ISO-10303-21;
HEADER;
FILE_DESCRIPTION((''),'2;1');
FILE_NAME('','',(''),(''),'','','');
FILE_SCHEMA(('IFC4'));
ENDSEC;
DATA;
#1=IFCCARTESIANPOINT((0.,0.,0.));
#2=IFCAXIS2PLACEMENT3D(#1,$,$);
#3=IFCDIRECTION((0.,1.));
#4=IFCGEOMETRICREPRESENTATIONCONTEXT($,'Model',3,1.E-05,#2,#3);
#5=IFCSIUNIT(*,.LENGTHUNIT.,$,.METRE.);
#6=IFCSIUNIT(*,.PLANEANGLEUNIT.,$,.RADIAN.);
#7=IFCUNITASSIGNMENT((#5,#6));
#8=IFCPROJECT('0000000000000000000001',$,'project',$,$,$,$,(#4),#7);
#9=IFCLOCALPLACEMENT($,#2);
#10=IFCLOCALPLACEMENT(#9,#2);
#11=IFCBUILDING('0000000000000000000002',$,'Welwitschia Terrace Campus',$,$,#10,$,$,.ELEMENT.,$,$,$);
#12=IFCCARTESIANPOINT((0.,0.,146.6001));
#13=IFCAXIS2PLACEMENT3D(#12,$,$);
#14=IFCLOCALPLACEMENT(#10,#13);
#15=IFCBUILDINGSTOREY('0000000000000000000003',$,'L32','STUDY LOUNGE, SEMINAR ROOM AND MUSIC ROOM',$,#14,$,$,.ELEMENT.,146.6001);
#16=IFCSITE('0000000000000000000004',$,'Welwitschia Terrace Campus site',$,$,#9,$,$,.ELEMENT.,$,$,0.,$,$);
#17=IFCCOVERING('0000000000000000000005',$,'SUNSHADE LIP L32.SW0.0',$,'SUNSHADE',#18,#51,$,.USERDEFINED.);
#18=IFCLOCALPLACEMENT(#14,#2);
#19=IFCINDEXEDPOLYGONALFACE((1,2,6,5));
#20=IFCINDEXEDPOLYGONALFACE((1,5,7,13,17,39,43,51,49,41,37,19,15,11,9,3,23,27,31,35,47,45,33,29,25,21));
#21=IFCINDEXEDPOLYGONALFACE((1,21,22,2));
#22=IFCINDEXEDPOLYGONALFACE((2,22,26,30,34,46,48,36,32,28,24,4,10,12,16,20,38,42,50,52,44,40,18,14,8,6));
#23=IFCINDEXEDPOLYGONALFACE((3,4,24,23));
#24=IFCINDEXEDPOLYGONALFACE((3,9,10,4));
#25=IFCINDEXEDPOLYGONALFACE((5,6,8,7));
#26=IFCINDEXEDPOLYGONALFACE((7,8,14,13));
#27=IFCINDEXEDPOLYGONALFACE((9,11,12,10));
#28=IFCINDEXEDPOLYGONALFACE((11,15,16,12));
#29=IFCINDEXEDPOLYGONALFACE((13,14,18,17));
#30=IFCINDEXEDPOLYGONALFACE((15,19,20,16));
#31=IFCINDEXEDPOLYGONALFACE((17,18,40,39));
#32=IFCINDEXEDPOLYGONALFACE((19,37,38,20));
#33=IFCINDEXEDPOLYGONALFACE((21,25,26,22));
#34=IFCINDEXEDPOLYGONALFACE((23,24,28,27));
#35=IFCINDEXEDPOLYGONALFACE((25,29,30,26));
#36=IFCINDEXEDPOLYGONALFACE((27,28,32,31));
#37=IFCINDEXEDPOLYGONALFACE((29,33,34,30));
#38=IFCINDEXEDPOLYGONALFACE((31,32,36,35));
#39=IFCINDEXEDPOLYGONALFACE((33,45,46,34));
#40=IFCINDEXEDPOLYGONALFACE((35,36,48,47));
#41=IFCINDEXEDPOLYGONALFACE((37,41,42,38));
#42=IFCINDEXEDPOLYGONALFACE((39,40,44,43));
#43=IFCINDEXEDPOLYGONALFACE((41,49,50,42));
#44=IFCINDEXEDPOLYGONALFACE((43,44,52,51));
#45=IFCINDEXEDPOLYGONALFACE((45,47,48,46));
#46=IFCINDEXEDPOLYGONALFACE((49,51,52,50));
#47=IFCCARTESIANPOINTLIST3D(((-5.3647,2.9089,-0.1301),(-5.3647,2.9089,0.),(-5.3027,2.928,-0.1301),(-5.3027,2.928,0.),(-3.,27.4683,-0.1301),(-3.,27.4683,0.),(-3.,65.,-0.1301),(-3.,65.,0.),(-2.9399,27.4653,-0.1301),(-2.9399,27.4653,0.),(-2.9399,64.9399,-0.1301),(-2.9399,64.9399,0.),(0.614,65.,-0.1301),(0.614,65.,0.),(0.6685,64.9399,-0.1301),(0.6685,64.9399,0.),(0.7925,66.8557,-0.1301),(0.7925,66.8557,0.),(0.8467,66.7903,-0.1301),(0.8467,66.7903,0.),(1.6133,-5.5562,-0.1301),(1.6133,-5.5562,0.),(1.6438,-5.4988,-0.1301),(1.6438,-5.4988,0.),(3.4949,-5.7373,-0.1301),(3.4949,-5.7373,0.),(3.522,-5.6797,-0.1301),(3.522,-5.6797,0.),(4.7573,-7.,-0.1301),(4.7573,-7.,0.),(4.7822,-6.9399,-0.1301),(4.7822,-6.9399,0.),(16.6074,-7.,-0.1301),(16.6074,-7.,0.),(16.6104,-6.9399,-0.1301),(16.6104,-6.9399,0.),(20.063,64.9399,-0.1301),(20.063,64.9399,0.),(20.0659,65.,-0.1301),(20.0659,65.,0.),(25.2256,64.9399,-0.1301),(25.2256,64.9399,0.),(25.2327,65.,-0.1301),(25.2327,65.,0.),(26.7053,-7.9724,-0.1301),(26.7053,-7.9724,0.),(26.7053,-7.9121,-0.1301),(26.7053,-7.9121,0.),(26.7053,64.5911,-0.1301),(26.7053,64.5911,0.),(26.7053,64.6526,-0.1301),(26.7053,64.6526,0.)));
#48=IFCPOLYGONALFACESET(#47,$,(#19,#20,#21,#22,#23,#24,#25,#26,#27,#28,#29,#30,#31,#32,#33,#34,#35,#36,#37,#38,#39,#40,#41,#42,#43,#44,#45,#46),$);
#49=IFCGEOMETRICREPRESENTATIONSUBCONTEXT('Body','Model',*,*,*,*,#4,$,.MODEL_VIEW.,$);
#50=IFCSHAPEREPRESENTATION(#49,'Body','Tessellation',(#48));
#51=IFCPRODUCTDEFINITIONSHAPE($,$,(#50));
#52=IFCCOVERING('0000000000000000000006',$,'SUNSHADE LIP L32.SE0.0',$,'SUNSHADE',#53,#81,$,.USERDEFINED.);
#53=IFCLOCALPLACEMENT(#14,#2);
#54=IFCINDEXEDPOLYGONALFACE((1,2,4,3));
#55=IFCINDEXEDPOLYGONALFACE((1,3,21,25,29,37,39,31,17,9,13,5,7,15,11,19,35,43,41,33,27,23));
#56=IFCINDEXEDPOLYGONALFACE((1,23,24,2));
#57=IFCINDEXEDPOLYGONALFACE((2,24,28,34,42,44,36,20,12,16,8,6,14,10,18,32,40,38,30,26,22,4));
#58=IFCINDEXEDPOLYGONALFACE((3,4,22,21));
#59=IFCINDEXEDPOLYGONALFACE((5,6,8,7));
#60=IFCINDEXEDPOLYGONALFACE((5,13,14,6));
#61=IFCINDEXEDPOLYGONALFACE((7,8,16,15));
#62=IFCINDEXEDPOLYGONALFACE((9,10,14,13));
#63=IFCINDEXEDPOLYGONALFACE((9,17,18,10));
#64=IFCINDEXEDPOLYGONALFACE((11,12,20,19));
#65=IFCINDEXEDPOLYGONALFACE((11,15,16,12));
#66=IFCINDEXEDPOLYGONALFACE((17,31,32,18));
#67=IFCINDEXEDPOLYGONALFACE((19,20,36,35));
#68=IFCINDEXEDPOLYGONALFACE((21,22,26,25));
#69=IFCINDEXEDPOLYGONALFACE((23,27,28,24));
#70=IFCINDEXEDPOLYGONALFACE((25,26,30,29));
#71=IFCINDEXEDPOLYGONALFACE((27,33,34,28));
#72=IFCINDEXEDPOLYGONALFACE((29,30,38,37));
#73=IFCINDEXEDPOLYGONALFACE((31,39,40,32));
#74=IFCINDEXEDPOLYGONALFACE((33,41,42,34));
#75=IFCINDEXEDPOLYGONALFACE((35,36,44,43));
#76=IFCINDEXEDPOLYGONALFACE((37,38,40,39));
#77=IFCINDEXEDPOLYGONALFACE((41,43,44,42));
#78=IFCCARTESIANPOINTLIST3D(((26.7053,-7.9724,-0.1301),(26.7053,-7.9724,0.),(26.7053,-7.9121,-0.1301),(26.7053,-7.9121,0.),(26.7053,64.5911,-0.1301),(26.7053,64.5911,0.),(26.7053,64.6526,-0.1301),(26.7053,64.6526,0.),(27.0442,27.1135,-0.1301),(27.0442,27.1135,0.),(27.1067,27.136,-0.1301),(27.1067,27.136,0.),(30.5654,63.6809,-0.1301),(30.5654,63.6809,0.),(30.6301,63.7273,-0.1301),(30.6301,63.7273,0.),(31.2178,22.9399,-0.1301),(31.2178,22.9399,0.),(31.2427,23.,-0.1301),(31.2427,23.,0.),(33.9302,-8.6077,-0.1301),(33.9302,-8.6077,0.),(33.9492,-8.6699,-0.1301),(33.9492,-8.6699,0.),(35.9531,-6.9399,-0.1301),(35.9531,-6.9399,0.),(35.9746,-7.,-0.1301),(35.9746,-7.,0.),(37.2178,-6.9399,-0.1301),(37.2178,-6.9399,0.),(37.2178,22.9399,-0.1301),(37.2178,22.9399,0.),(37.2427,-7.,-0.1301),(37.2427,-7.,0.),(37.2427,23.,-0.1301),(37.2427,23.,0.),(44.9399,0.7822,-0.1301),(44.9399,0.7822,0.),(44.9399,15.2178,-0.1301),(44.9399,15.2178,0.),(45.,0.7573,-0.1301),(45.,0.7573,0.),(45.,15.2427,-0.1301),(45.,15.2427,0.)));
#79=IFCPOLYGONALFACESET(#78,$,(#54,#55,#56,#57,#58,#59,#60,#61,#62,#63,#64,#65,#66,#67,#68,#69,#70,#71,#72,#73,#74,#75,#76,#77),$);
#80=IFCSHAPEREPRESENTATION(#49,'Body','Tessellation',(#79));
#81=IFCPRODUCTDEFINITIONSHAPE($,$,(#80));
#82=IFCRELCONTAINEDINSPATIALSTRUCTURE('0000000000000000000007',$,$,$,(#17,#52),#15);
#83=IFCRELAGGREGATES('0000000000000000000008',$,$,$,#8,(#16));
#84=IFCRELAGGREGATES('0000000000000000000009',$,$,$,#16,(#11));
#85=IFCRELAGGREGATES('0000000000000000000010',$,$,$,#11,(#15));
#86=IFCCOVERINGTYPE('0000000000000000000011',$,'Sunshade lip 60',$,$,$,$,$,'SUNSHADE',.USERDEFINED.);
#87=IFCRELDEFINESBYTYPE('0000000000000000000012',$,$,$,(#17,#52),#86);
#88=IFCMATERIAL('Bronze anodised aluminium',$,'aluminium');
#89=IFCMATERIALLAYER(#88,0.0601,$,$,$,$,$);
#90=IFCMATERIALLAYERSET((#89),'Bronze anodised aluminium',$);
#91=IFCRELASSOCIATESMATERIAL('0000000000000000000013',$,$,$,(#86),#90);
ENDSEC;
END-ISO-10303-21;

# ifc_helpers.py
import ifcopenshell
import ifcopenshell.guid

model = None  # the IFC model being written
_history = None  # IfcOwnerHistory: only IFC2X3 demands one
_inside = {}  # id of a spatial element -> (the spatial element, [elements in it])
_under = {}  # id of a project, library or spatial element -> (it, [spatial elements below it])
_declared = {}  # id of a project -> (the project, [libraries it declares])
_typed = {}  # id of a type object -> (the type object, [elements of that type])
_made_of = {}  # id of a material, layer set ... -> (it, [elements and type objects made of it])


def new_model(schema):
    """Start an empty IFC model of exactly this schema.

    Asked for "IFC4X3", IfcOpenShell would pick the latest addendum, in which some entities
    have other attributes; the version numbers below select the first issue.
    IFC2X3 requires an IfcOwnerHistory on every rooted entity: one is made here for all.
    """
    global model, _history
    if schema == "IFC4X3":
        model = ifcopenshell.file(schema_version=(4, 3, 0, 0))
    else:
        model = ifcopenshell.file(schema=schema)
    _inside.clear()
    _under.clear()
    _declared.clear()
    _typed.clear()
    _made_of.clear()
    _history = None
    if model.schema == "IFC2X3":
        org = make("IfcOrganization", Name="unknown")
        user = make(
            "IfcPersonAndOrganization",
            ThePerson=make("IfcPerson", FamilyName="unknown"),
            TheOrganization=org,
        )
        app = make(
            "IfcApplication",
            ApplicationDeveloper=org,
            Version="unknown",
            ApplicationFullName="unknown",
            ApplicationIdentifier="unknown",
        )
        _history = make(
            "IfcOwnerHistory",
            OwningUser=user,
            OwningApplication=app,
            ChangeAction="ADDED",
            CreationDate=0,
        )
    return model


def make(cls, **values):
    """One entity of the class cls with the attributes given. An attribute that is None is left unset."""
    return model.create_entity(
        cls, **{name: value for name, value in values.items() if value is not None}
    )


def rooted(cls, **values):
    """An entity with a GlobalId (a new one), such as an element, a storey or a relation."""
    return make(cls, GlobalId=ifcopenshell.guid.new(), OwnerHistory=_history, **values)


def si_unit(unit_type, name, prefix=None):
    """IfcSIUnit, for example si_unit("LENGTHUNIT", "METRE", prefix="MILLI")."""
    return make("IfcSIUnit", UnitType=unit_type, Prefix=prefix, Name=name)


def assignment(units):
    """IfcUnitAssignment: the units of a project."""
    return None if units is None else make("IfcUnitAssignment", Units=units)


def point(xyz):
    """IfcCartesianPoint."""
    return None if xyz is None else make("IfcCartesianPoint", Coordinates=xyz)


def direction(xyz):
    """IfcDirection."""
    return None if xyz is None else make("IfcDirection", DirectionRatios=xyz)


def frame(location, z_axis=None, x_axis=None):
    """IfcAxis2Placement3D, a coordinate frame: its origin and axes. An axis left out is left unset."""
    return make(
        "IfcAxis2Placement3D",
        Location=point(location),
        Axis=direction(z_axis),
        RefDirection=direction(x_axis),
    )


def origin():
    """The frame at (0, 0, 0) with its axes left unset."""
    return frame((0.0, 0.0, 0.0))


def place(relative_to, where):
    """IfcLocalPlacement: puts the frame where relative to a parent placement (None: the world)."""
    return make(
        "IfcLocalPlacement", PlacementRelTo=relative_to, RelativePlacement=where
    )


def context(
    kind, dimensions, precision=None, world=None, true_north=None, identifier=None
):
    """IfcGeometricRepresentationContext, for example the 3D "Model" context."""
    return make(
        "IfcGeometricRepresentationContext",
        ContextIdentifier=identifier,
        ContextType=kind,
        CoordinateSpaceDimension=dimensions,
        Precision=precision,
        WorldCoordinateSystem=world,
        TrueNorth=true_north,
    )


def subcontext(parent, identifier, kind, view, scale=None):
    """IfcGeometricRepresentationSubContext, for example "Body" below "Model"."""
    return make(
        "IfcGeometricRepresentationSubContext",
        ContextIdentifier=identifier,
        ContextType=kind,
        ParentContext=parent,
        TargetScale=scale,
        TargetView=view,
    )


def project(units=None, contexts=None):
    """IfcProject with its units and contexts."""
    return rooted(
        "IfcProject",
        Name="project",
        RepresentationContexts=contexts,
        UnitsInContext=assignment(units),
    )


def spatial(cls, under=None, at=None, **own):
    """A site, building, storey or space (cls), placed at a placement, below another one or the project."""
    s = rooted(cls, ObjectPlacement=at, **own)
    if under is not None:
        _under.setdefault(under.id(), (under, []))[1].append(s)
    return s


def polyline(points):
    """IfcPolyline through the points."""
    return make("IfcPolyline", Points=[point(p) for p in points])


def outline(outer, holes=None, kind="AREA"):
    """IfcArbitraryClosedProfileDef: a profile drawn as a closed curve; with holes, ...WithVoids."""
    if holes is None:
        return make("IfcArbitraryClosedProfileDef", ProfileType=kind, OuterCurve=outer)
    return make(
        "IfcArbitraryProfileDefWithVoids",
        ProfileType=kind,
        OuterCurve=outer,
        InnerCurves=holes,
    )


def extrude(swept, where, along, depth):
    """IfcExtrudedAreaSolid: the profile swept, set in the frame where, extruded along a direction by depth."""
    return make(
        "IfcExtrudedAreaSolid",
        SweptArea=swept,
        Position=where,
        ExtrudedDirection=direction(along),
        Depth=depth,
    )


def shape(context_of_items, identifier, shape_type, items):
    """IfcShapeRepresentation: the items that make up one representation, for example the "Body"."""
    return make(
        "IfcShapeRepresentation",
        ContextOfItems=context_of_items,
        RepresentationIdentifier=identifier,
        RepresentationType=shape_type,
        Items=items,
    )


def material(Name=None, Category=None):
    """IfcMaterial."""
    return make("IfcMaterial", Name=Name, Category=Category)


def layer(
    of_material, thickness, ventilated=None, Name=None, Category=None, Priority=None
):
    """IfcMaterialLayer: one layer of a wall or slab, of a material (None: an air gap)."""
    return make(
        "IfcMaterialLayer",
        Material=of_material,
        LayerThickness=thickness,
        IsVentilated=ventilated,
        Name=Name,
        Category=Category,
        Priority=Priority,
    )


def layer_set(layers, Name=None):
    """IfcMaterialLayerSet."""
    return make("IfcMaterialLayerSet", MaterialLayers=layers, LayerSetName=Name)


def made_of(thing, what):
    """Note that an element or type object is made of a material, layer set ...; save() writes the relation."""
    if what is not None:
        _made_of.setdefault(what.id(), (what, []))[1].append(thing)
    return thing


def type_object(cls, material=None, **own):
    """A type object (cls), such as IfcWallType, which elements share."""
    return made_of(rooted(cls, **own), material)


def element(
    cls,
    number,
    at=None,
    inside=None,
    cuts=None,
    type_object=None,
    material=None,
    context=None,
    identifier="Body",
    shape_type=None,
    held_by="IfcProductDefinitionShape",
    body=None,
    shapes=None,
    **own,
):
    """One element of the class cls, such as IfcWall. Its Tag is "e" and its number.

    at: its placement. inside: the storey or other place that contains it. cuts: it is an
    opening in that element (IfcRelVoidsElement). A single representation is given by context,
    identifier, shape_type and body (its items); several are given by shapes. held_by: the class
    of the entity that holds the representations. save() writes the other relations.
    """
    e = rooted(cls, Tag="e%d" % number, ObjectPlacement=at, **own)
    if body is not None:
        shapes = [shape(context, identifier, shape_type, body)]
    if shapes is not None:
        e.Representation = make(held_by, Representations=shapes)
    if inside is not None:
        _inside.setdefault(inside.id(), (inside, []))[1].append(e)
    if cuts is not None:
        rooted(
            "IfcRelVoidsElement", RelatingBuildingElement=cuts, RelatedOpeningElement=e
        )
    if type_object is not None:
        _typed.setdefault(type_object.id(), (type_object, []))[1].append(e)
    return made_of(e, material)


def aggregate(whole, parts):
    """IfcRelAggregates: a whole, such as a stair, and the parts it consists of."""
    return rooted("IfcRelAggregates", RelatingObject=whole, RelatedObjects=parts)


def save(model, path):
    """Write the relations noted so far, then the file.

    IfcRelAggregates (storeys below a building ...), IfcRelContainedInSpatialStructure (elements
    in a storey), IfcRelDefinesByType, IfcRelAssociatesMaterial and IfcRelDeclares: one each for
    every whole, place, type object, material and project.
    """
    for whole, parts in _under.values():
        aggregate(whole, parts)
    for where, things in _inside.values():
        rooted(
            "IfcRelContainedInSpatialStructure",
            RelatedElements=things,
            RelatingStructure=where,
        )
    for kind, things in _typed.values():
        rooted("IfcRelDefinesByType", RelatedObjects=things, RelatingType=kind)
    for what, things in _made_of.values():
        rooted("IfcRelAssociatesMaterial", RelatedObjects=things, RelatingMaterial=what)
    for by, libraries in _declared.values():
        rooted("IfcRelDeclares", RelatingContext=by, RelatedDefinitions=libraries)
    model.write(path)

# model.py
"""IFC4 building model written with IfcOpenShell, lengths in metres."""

from ifc_helpers import new_model, si_unit, direction, frame, origin, place, context, subcontext, project, spatial, polyline, outline, extrude, material, layer, layer_set, type_object, element, save


model = new_model("IFC4")

# Units and contexts
model_context = context("Model", 3, precision=1e-05, world=origin(), true_north=direction((0.0, 1.0)))
body_context = subcontext(model_context, "Body", "Model", "MODEL_VIEW")
ifc_project = project(units=[si_unit("LENGTHUNIT", "METRE"), si_unit("PLANEANGLEUNIT", "RADIAN")], contexts=[model_context])

# Site, building, storey
site_placement = place(None, origin())
site = spatial("IfcSite", under=ifc_project, at=site_placement, Name="Welwitschia Terrace Campus site", CompositionType="ELEMENT", RefElevation=0.0)
building_placement = place(site_placement, origin())
building = spatial("IfcBuilding", under=site, at=building_placement, Name="Welwitschia Terrace Campus", CompositionType="ELEMENT")
storey_placement = place(building_placement, frame((0.0, 0.0, 146.6001)))
storey = spatial("IfcBuildingStorey", under=building, at=storey_placement, Name="L32", Description="STUDY LOUNGE, SEMINAR ROOM AND MUSIC ROOM", CompositionType="ELEMENT", Elevation=146.6001)

# Coverings
ifc_material_1 = material(Name="Bronze anodised aluminium", Category="aluminium")
ifc_layer_1 = layer(ifc_material_1, 0.0601)
ifc_layer_set_1 = layer_set([ifc_layer_1], Name="Bronze anodised aluminium")
covering_type_1 = type_object("IfcCoveringType", Name="Sunshade lip 60", ElementType="SUNSHADE", PredefinedType="USERDEFINED", material=ifc_layer_set_1)
covering_1_placement = place(storey_placement, frame((0.0, 0.0, -0.1301)))
element("IfcCovering", 1, at=covering_1_placement, inside=storey, type_object=covering_type_1, Name="SUNSHADE LIP L32.SW0.0", ObjectType="SUNSHADE", PredefinedType="USERDEFINED", context=body_context, shape_type="SweptSolid", body=[
    extrude(outline(polyline([(20.0659, 65.0), (25.2327, 65.0), (26.7053, 64.6526), (26.7053, 64.5911), (25.2256, 64.9399), (20.063, 64.9399), (0.8467, 66.7903), (0.6685, 64.9399), (-2.9399, 64.9399), (-2.9399, 27.4653), (-5.3027, 2.928), (1.6438, -5.4988), (3.522, -5.6797), (4.7822, -6.9399), (16.6104, -6.9399), (26.7053, -7.9121), (26.7053, -7.9724), (16.6074, -7.0), (4.7573, -7.0), (3.4949, -5.7373), (1.6133, -5.5562), (-5.3647, 2.9089), (-3.0, 27.4683), (-3.0, 65.0), (0.614, 65.0), (0.7925, 66.8557), (20.0659, 65.0)])), origin(), (0.0, 0.0, 1.0), 0.1301),
])
covering_2_placement = place(storey_placement, frame((0.0, 0.0, -0.1301)))
element("IfcCovering", 2, at=covering_2_placement, inside=storey, type_object=covering_type_1, Name="SUNSHADE LIP L32.SE0.0", ObjectType="SUNSHADE", PredefinedType="USERDEFINED", context=body_context, shape_type="SweptSolid", body=[
    extrude(outline(polyline([(27.1067, 27.136), (31.2427, 23.0), (37.2427, 23.0), (45.0, 15.2427), (45.0, 0.7573), (37.2427, -7.0), (35.9746, -7.0), (33.9492, -8.6699), (26.7053, -7.9724), (26.7053, -7.9121), (33.9302, -8.6077), (35.9531, -6.9399), (37.2178, -6.9399), (44.9399, 0.7822), (44.9399, 15.2178), (37.2178, 22.9399), (31.2178, 22.9399), (27.0442, 27.1135), (30.5654, 63.6809), (26.7053, 64.5911), (26.7053, 64.6526), (30.6301, 63.7273), (27.1067, 27.136)])), origin(), (0.0, 0.0, 1.0), 0.1301),
])

save(model, "model.ifc")
